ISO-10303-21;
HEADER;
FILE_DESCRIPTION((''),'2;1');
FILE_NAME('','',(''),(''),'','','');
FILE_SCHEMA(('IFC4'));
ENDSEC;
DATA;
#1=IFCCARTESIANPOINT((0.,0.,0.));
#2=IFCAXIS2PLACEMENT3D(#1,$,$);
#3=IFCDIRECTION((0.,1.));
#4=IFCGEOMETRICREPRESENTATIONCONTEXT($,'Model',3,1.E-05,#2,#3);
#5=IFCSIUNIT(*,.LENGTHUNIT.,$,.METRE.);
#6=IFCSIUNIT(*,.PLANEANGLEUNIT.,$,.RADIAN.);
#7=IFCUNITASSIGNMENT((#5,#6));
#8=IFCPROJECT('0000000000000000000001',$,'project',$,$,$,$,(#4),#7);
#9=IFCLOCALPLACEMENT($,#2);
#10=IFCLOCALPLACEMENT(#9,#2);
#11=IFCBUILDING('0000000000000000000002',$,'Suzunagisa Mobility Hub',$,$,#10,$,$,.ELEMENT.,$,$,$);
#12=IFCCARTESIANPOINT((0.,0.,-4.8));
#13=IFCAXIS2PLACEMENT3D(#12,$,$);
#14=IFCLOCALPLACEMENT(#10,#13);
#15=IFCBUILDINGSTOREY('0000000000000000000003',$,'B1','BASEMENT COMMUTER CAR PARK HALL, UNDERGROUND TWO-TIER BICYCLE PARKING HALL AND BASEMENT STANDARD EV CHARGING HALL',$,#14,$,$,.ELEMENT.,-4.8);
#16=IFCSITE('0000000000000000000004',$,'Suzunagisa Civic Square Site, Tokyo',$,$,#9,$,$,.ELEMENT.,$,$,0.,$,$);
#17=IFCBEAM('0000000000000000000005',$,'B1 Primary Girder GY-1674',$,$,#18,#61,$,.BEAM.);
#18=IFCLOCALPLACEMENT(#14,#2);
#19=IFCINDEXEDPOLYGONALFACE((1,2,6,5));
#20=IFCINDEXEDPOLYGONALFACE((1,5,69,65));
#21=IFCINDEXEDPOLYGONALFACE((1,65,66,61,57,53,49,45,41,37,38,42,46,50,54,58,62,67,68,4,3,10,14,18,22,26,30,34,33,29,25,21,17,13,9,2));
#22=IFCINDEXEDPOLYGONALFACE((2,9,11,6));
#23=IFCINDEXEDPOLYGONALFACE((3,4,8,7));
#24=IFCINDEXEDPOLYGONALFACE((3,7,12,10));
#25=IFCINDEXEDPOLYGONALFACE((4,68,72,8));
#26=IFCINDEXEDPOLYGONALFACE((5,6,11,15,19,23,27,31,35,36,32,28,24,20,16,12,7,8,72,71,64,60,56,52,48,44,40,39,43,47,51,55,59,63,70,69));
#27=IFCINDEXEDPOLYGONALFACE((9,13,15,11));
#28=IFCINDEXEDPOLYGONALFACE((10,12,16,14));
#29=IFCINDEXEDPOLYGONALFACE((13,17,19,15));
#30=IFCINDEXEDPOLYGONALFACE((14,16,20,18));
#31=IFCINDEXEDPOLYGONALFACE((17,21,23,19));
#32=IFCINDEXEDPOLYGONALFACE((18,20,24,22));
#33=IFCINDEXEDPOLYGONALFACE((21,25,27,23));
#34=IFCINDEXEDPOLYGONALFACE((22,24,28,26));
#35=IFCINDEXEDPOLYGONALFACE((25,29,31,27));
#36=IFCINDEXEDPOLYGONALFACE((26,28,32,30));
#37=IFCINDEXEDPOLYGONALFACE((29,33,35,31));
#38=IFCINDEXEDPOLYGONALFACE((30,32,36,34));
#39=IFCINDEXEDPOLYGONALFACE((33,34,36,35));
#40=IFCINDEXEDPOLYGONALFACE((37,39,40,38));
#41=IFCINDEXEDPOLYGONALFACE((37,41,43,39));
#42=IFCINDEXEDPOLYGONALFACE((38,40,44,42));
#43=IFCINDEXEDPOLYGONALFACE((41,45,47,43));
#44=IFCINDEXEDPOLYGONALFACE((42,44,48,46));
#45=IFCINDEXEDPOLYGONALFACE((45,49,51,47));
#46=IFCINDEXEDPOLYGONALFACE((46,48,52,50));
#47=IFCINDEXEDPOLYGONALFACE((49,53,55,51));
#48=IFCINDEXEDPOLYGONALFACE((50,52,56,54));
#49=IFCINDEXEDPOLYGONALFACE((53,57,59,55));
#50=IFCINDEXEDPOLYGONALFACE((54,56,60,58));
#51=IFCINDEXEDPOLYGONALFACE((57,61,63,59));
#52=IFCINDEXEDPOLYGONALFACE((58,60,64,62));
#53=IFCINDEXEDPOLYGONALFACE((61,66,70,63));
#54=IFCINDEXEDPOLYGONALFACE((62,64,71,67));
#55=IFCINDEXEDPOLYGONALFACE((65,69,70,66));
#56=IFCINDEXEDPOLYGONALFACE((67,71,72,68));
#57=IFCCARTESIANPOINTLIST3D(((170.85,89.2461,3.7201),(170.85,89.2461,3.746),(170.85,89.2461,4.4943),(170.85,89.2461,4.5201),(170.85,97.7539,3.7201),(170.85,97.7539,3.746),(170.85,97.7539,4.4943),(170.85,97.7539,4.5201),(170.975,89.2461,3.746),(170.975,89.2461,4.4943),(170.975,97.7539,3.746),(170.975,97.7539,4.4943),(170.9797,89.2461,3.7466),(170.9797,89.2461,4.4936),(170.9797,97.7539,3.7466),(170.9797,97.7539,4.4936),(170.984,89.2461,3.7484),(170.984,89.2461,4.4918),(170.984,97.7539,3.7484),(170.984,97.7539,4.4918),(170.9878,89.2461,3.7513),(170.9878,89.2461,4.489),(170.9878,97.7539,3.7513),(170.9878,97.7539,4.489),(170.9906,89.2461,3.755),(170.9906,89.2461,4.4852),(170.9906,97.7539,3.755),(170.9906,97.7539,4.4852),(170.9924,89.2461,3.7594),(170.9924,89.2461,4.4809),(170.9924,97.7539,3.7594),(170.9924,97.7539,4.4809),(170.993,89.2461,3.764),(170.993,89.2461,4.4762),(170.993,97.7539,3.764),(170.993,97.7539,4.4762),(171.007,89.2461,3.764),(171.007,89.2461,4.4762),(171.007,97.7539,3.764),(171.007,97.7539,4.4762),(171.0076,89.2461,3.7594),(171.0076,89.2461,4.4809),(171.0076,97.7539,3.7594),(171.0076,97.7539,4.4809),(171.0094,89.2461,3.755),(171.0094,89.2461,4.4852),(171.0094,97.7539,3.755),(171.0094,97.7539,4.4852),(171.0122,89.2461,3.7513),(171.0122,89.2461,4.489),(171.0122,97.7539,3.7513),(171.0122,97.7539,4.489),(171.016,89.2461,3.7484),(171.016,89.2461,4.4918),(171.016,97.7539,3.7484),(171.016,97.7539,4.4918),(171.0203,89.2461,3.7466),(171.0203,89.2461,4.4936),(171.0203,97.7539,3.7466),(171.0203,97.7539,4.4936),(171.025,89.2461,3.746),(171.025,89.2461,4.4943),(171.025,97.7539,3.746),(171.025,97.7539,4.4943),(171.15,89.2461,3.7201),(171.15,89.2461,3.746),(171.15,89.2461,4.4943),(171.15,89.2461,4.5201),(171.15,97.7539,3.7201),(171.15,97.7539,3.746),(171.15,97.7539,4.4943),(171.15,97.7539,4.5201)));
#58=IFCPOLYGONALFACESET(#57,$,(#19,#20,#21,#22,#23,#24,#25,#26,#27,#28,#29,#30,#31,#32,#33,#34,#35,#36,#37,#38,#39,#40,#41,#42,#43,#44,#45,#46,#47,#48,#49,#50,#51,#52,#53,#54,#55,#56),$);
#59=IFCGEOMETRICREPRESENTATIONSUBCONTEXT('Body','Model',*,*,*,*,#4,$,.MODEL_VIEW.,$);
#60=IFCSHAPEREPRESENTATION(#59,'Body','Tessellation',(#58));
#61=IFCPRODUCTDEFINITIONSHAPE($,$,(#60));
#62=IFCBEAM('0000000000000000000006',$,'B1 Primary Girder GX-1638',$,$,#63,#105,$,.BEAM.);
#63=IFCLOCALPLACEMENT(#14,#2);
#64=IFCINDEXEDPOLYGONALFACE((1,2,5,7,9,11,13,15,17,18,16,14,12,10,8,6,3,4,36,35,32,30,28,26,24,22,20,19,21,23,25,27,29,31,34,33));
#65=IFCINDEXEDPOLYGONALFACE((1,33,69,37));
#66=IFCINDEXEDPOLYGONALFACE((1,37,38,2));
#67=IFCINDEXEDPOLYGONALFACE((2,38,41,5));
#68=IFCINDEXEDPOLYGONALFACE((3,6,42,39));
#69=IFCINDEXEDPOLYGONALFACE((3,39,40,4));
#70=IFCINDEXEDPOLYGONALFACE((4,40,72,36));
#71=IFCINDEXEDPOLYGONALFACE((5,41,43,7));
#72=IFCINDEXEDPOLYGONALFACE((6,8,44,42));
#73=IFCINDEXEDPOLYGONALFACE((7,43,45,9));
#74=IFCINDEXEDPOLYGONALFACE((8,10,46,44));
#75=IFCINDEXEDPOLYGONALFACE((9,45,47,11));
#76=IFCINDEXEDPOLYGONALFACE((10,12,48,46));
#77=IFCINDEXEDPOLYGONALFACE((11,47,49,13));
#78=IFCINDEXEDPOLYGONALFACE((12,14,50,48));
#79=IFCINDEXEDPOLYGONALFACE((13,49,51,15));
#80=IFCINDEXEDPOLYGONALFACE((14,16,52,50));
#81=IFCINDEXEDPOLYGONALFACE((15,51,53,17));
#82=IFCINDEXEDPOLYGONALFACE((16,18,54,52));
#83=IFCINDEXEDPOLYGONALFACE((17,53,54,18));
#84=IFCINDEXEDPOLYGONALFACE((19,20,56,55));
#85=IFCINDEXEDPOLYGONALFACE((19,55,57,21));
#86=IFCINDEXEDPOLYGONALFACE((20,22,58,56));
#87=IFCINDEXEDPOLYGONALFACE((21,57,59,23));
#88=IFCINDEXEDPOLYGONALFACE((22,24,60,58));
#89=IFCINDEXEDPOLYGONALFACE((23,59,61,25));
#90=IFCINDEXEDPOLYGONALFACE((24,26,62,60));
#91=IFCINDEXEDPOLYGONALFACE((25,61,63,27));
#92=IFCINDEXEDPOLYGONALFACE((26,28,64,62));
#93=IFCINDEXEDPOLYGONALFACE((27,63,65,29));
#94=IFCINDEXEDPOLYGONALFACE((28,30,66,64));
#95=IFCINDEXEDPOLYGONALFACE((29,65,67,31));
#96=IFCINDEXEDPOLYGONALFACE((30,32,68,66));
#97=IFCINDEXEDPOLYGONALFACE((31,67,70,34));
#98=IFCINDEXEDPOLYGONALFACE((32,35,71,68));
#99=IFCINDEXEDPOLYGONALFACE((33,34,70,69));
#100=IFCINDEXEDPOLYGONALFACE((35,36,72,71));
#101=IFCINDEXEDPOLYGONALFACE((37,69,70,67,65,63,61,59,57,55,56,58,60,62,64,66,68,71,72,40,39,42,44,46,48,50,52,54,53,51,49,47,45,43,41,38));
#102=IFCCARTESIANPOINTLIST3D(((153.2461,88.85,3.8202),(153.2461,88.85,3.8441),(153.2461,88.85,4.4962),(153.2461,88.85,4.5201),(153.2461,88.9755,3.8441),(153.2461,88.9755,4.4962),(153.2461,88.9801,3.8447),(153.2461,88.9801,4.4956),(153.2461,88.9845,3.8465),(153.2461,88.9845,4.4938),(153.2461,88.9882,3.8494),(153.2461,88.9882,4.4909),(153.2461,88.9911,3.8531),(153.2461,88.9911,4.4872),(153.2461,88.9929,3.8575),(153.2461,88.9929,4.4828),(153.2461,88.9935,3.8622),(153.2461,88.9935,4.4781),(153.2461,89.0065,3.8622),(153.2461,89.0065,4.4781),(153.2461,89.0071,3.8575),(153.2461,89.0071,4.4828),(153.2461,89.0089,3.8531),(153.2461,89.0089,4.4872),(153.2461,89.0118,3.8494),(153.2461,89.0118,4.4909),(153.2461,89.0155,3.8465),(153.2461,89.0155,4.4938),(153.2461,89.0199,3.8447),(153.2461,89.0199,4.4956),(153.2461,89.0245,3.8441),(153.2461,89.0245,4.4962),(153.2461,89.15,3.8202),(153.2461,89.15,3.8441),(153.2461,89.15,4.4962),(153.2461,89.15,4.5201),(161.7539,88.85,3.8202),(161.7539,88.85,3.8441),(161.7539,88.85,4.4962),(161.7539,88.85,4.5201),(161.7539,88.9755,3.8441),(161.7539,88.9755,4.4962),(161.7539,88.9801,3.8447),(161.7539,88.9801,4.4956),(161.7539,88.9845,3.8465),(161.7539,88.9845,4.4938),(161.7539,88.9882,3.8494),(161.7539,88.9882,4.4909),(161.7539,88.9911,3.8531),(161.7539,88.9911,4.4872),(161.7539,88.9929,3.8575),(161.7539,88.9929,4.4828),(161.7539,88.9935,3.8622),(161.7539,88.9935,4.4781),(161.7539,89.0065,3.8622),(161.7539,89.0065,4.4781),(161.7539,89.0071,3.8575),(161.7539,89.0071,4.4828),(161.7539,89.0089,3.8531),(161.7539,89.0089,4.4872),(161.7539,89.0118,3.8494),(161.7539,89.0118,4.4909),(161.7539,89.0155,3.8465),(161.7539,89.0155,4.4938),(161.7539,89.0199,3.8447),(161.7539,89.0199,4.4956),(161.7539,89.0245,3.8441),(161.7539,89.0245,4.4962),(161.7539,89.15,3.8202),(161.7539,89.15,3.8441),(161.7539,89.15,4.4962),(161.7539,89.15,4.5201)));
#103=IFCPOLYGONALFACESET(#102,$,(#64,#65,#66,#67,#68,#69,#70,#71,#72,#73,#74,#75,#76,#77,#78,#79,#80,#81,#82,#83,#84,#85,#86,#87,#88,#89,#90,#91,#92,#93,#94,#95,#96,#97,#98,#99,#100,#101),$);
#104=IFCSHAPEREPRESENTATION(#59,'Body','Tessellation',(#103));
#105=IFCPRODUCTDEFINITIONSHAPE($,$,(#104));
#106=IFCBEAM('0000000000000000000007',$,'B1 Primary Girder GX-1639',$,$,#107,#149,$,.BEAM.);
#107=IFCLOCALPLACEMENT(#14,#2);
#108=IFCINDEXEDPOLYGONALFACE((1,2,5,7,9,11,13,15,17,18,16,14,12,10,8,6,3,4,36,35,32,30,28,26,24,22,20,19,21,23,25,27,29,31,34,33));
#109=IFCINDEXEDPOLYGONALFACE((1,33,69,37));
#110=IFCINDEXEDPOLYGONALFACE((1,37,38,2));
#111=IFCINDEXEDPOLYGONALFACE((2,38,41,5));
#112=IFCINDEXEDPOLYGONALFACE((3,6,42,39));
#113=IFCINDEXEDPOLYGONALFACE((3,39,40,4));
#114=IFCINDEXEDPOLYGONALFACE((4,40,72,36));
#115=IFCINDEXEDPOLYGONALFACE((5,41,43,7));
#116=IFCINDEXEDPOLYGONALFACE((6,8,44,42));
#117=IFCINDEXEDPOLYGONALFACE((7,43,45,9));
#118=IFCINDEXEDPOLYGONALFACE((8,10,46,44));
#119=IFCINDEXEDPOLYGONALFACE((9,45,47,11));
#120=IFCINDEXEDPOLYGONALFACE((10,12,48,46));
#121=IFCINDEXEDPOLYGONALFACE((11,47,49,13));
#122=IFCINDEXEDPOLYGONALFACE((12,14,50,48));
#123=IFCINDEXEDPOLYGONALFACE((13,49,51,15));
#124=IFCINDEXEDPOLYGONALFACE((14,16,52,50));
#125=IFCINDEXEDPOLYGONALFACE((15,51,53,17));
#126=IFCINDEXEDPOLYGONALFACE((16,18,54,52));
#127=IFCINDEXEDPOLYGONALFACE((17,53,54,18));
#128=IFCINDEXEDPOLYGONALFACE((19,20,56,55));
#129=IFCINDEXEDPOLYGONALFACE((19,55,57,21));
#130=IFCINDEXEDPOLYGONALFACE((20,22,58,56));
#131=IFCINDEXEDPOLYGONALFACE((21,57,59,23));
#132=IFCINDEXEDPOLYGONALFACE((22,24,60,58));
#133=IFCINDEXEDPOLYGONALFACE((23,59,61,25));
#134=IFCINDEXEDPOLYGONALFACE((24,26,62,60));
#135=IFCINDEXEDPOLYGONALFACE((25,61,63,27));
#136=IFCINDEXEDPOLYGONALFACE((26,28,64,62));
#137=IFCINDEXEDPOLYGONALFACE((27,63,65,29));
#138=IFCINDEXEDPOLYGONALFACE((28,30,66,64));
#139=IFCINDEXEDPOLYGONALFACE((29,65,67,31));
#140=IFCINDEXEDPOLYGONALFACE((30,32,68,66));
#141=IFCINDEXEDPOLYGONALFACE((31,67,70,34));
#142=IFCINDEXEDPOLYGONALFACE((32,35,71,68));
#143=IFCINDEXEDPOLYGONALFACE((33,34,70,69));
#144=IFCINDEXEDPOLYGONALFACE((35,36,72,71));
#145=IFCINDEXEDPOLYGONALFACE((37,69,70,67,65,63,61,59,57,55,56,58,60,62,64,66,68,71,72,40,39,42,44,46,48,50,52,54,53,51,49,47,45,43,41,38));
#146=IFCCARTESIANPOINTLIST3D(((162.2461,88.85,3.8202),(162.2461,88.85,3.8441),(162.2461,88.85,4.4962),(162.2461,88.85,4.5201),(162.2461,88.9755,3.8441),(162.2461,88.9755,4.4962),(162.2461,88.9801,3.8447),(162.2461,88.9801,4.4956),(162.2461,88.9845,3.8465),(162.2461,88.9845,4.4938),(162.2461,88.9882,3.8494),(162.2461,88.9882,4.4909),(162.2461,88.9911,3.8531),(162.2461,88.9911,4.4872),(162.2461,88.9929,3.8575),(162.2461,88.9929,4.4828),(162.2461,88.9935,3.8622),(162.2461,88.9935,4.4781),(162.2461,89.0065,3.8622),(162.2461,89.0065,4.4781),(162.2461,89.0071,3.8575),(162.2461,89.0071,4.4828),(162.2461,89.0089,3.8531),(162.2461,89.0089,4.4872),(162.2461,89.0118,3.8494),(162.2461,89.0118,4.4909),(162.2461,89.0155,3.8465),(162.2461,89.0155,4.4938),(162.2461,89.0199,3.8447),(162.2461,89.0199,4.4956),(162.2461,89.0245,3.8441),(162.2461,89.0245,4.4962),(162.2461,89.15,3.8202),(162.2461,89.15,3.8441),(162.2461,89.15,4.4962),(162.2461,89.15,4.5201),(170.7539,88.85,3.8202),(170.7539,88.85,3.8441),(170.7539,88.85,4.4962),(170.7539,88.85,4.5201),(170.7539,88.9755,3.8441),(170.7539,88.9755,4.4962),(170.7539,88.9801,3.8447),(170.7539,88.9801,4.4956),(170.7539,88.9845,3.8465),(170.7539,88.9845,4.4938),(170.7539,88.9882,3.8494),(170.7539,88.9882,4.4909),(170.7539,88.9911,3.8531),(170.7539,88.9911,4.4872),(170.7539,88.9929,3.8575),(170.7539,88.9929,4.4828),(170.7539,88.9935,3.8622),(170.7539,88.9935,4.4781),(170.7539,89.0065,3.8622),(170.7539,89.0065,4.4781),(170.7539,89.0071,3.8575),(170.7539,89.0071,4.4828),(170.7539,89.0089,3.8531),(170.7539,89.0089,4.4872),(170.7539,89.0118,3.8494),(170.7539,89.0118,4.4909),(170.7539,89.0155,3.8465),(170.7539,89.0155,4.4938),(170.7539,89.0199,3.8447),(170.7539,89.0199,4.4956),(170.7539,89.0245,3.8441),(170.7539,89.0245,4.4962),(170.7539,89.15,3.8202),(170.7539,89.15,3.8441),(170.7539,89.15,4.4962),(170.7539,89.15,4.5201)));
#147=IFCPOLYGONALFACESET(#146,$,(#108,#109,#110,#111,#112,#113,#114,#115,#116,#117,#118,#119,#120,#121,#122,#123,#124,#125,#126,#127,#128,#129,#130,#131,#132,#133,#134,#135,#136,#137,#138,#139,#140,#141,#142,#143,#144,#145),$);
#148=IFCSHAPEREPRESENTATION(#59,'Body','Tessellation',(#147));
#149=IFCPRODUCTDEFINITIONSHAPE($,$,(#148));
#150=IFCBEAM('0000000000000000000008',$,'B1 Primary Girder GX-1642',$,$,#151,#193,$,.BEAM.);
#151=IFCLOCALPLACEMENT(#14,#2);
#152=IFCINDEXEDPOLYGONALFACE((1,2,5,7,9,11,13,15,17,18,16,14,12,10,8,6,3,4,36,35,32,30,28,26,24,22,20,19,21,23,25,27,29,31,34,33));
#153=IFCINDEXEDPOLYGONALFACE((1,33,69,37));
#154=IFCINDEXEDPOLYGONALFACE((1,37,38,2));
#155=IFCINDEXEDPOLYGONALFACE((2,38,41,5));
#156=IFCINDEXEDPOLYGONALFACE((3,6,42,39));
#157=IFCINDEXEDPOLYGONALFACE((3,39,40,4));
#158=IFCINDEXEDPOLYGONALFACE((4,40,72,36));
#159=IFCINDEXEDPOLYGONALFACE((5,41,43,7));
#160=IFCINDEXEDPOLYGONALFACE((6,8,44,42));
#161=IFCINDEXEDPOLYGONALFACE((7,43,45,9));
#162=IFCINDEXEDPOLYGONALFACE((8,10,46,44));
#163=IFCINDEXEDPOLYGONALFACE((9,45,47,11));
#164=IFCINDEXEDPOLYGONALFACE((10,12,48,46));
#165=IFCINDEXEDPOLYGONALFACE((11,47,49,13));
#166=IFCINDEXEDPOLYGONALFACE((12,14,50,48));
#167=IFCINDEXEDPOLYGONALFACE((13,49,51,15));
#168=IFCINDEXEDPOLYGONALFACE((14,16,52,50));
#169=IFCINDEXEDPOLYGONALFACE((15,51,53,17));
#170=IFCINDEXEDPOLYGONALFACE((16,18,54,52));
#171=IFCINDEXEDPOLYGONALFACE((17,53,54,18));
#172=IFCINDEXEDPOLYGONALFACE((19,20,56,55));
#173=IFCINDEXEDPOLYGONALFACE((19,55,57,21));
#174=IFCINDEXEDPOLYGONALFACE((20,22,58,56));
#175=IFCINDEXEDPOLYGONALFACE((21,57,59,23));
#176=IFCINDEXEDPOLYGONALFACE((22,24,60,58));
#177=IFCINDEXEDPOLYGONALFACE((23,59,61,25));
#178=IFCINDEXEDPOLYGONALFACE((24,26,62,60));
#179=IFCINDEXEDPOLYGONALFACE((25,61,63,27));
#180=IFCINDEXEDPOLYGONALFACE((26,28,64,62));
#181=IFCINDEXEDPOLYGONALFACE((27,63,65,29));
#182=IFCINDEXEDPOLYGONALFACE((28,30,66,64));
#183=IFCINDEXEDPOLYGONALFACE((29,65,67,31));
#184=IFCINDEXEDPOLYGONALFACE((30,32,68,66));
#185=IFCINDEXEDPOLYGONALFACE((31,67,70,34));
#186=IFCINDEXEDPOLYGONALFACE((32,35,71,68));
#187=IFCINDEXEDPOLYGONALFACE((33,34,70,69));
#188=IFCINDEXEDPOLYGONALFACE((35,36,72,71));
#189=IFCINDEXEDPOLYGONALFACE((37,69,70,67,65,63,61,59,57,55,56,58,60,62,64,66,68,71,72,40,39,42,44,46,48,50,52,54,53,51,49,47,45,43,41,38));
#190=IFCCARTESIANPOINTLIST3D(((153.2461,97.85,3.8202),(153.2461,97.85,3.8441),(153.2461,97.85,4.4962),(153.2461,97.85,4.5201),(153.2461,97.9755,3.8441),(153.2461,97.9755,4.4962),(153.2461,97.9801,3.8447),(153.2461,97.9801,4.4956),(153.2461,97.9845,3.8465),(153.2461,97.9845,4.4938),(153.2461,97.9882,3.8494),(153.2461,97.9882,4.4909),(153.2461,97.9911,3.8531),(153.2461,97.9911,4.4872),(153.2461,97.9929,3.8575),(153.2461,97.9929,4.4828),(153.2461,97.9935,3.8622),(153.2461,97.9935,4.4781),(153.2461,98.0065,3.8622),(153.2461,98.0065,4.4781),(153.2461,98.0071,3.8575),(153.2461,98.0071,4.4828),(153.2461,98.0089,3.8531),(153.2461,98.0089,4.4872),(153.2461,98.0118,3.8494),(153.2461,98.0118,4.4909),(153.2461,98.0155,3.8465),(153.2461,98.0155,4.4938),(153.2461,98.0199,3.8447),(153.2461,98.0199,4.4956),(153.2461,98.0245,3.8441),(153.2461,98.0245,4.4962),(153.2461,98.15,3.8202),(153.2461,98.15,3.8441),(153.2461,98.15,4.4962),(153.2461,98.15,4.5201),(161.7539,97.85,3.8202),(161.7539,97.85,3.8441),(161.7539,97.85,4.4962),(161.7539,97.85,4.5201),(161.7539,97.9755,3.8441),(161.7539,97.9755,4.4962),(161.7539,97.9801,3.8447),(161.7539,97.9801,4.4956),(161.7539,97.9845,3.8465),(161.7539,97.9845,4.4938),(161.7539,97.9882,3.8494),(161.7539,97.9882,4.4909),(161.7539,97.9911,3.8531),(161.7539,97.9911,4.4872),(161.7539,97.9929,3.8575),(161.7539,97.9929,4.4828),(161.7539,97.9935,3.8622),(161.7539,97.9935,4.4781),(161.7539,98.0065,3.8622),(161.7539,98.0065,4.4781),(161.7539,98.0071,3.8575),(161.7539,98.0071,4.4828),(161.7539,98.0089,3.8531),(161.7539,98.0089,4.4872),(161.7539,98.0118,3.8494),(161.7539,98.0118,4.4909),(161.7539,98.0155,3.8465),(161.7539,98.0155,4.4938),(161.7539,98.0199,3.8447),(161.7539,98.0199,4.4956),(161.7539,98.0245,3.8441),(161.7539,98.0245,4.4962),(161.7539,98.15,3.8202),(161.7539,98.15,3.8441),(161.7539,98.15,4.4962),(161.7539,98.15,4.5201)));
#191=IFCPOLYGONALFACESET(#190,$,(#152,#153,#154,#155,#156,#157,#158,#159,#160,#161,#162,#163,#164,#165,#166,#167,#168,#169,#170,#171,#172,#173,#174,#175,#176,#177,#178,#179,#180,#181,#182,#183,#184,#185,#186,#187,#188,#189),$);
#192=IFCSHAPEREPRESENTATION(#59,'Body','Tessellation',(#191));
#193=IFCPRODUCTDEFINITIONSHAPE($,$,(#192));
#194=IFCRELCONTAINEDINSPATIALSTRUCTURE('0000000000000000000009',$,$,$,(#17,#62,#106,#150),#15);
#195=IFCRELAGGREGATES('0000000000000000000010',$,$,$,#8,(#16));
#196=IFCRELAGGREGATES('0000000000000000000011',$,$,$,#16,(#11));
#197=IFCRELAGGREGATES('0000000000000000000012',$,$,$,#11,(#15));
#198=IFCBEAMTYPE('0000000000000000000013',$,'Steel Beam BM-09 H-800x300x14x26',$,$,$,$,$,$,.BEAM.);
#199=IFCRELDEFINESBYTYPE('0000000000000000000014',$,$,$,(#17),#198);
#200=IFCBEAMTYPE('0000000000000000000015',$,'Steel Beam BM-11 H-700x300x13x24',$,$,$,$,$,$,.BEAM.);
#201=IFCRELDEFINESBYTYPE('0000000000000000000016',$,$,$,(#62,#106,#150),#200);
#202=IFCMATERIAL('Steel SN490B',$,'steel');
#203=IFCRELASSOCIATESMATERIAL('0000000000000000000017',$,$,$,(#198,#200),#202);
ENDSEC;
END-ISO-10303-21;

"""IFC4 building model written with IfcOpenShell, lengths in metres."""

from ifc_helpers import new_model, si_unit, direction, frame, origin, origin_2d, place, context, subcontext, project, spatial, i_section, extrude, material, material_profile, profile_set, type_object, element, save


model = new_model("IFC4")

# Units and contexts
model_context = context("Model", 3, precision=1e-05, world=origin(), true_north=direction((0.0, 1.0)))
body_context = subcontext(model_context, "Body", "Model", "MODEL_VIEW")
ifc_project = project(units=[si_unit("LENGTHUNIT", "METRE"), si_unit("PLANEANGLEUNIT", "RADIAN")], contexts=[model_context])

# Site, building, storey
site_placement = place(None, origin())
site = spatial("IfcSite", under=ifc_project, at=site_placement, Name="Suzunagisa Civic Square Site, Tokyo", CompositionType="ELEMENT", RefElevation=0.0)
building_placement = place(site_placement, origin())
building = spatial("IfcBuilding", under=site, at=building_placement, Name="Suzunagisa Mobility Hub", CompositionType="ELEMENT")
storey_placement = place(building_placement, frame((0.0, 0.0, -4.8)))
storey = spatial("IfcBuildingStorey", under=building, at=storey_placement, Name="B1", Description="BASEMENT COMMUTER CAR PARK HALL, UNDERGROUND TWO-TIER BICYCLE PARKING HALL AND BASEMENT STANDARD EV CHARGING HALL", CompositionType="ELEMENT", Elevation=-4.8)

# Shared definitions
ifc_material_1 = material(Name="Steel SN490B", Category="steel")

# Beams
ifc_material_profile_1 = material_profile(ifc_material_1, i_section(OverallWidth=0.3, OverallDepth=0.8, WebThickness=0.0139, FlangeThickness=0.0259, FilletRadius=0.0181, at=origin_2d()), Name="H-800x300x14x26")
ifc_profile_set_1 = profile_set([ifc_material_profile_1], Name="Steel SN490B")
beam_type_1 = type_object("IfcBeamType", Name="Steel Beam BM-09 H-800x300x14x26", PredefinedType="BEAM", material=ifc_profile_set_1)
for number, where, z_axis, x_axis, name in (
    (1, (171.0, 89.2461, 4.1201), (0.0, 1.0, 0.0), (-1.0, 0.0, 0.0), "B1 Primary Girder GY-1674"),
):
    element("IfcBeam", number, at=place(storey_placement, frame(where, z_axis=z_axis, x_axis=x_axis)), inside=storey, type_object=beam_type_1, Name=name, PredefinedType="BEAM", context=body_context, shape_type="SweptSolid", body=[
        extrude(i_section(OverallWidth=0.3, OverallDepth=0.8, WebThickness=0.0139, FlangeThickness=0.0259, FilletRadius=0.0181, at=origin_2d()), origin(), (0.0, 0.0, 1.0), 8.5078),
    ])
ifc_material_profile_2 = material_profile(ifc_material_1, i_section(OverallWidth=0.3, OverallDepth=0.7, WebThickness=0.0129, FlangeThickness=0.0239, FilletRadius=0.0181, at=origin_2d()), Name="H-700x300x13x24")
ifc_profile_set_2 = profile_set([ifc_material_profile_2], Name="Steel SN490B")
beam_type_2 = type_object("IfcBeamType", Name="Steel Beam BM-11 H-700x300x13x24", PredefinedType="BEAM", material=ifc_profile_set_2)
for number, where, z_axis, x_axis, name in (
    (2, (153.2461, 89.0, 4.1702), (1.0, 0.0, 0.0), (0.0, 1.0, 0.0), "B1 Primary Girder GX-1638"),
    (3, (162.2461, 89.0, 4.1702), (1.0, 0.0, 0.0), (0.0, 1.0, 0.0), "B1 Primary Girder GX-1639"),
    (4, (153.2461, 98.0, 4.1702), (1.0, 0.0, 0.0), (0.0, 1.0, 0.0), "B1 Primary Girder GX-1642"),
):
    element("IfcBeam", number, at=place(storey_placement, frame(where, z_axis=z_axis, x_axis=x_axis)), inside=storey, type_object=beam_type_2, Name=name, PredefinedType="BEAM", context=body_context, shape_type="SweptSolid", body=[
        extrude(i_section(OverallWidth=0.3, OverallDepth=0.7, WebThickness=0.0129, FlangeThickness=0.0239, FilletRadius=0.0181, at=origin_2d()), origin(), (0.0, 0.0, 1.0), 8.5078),
    ])

save(model, "model.ifc")
